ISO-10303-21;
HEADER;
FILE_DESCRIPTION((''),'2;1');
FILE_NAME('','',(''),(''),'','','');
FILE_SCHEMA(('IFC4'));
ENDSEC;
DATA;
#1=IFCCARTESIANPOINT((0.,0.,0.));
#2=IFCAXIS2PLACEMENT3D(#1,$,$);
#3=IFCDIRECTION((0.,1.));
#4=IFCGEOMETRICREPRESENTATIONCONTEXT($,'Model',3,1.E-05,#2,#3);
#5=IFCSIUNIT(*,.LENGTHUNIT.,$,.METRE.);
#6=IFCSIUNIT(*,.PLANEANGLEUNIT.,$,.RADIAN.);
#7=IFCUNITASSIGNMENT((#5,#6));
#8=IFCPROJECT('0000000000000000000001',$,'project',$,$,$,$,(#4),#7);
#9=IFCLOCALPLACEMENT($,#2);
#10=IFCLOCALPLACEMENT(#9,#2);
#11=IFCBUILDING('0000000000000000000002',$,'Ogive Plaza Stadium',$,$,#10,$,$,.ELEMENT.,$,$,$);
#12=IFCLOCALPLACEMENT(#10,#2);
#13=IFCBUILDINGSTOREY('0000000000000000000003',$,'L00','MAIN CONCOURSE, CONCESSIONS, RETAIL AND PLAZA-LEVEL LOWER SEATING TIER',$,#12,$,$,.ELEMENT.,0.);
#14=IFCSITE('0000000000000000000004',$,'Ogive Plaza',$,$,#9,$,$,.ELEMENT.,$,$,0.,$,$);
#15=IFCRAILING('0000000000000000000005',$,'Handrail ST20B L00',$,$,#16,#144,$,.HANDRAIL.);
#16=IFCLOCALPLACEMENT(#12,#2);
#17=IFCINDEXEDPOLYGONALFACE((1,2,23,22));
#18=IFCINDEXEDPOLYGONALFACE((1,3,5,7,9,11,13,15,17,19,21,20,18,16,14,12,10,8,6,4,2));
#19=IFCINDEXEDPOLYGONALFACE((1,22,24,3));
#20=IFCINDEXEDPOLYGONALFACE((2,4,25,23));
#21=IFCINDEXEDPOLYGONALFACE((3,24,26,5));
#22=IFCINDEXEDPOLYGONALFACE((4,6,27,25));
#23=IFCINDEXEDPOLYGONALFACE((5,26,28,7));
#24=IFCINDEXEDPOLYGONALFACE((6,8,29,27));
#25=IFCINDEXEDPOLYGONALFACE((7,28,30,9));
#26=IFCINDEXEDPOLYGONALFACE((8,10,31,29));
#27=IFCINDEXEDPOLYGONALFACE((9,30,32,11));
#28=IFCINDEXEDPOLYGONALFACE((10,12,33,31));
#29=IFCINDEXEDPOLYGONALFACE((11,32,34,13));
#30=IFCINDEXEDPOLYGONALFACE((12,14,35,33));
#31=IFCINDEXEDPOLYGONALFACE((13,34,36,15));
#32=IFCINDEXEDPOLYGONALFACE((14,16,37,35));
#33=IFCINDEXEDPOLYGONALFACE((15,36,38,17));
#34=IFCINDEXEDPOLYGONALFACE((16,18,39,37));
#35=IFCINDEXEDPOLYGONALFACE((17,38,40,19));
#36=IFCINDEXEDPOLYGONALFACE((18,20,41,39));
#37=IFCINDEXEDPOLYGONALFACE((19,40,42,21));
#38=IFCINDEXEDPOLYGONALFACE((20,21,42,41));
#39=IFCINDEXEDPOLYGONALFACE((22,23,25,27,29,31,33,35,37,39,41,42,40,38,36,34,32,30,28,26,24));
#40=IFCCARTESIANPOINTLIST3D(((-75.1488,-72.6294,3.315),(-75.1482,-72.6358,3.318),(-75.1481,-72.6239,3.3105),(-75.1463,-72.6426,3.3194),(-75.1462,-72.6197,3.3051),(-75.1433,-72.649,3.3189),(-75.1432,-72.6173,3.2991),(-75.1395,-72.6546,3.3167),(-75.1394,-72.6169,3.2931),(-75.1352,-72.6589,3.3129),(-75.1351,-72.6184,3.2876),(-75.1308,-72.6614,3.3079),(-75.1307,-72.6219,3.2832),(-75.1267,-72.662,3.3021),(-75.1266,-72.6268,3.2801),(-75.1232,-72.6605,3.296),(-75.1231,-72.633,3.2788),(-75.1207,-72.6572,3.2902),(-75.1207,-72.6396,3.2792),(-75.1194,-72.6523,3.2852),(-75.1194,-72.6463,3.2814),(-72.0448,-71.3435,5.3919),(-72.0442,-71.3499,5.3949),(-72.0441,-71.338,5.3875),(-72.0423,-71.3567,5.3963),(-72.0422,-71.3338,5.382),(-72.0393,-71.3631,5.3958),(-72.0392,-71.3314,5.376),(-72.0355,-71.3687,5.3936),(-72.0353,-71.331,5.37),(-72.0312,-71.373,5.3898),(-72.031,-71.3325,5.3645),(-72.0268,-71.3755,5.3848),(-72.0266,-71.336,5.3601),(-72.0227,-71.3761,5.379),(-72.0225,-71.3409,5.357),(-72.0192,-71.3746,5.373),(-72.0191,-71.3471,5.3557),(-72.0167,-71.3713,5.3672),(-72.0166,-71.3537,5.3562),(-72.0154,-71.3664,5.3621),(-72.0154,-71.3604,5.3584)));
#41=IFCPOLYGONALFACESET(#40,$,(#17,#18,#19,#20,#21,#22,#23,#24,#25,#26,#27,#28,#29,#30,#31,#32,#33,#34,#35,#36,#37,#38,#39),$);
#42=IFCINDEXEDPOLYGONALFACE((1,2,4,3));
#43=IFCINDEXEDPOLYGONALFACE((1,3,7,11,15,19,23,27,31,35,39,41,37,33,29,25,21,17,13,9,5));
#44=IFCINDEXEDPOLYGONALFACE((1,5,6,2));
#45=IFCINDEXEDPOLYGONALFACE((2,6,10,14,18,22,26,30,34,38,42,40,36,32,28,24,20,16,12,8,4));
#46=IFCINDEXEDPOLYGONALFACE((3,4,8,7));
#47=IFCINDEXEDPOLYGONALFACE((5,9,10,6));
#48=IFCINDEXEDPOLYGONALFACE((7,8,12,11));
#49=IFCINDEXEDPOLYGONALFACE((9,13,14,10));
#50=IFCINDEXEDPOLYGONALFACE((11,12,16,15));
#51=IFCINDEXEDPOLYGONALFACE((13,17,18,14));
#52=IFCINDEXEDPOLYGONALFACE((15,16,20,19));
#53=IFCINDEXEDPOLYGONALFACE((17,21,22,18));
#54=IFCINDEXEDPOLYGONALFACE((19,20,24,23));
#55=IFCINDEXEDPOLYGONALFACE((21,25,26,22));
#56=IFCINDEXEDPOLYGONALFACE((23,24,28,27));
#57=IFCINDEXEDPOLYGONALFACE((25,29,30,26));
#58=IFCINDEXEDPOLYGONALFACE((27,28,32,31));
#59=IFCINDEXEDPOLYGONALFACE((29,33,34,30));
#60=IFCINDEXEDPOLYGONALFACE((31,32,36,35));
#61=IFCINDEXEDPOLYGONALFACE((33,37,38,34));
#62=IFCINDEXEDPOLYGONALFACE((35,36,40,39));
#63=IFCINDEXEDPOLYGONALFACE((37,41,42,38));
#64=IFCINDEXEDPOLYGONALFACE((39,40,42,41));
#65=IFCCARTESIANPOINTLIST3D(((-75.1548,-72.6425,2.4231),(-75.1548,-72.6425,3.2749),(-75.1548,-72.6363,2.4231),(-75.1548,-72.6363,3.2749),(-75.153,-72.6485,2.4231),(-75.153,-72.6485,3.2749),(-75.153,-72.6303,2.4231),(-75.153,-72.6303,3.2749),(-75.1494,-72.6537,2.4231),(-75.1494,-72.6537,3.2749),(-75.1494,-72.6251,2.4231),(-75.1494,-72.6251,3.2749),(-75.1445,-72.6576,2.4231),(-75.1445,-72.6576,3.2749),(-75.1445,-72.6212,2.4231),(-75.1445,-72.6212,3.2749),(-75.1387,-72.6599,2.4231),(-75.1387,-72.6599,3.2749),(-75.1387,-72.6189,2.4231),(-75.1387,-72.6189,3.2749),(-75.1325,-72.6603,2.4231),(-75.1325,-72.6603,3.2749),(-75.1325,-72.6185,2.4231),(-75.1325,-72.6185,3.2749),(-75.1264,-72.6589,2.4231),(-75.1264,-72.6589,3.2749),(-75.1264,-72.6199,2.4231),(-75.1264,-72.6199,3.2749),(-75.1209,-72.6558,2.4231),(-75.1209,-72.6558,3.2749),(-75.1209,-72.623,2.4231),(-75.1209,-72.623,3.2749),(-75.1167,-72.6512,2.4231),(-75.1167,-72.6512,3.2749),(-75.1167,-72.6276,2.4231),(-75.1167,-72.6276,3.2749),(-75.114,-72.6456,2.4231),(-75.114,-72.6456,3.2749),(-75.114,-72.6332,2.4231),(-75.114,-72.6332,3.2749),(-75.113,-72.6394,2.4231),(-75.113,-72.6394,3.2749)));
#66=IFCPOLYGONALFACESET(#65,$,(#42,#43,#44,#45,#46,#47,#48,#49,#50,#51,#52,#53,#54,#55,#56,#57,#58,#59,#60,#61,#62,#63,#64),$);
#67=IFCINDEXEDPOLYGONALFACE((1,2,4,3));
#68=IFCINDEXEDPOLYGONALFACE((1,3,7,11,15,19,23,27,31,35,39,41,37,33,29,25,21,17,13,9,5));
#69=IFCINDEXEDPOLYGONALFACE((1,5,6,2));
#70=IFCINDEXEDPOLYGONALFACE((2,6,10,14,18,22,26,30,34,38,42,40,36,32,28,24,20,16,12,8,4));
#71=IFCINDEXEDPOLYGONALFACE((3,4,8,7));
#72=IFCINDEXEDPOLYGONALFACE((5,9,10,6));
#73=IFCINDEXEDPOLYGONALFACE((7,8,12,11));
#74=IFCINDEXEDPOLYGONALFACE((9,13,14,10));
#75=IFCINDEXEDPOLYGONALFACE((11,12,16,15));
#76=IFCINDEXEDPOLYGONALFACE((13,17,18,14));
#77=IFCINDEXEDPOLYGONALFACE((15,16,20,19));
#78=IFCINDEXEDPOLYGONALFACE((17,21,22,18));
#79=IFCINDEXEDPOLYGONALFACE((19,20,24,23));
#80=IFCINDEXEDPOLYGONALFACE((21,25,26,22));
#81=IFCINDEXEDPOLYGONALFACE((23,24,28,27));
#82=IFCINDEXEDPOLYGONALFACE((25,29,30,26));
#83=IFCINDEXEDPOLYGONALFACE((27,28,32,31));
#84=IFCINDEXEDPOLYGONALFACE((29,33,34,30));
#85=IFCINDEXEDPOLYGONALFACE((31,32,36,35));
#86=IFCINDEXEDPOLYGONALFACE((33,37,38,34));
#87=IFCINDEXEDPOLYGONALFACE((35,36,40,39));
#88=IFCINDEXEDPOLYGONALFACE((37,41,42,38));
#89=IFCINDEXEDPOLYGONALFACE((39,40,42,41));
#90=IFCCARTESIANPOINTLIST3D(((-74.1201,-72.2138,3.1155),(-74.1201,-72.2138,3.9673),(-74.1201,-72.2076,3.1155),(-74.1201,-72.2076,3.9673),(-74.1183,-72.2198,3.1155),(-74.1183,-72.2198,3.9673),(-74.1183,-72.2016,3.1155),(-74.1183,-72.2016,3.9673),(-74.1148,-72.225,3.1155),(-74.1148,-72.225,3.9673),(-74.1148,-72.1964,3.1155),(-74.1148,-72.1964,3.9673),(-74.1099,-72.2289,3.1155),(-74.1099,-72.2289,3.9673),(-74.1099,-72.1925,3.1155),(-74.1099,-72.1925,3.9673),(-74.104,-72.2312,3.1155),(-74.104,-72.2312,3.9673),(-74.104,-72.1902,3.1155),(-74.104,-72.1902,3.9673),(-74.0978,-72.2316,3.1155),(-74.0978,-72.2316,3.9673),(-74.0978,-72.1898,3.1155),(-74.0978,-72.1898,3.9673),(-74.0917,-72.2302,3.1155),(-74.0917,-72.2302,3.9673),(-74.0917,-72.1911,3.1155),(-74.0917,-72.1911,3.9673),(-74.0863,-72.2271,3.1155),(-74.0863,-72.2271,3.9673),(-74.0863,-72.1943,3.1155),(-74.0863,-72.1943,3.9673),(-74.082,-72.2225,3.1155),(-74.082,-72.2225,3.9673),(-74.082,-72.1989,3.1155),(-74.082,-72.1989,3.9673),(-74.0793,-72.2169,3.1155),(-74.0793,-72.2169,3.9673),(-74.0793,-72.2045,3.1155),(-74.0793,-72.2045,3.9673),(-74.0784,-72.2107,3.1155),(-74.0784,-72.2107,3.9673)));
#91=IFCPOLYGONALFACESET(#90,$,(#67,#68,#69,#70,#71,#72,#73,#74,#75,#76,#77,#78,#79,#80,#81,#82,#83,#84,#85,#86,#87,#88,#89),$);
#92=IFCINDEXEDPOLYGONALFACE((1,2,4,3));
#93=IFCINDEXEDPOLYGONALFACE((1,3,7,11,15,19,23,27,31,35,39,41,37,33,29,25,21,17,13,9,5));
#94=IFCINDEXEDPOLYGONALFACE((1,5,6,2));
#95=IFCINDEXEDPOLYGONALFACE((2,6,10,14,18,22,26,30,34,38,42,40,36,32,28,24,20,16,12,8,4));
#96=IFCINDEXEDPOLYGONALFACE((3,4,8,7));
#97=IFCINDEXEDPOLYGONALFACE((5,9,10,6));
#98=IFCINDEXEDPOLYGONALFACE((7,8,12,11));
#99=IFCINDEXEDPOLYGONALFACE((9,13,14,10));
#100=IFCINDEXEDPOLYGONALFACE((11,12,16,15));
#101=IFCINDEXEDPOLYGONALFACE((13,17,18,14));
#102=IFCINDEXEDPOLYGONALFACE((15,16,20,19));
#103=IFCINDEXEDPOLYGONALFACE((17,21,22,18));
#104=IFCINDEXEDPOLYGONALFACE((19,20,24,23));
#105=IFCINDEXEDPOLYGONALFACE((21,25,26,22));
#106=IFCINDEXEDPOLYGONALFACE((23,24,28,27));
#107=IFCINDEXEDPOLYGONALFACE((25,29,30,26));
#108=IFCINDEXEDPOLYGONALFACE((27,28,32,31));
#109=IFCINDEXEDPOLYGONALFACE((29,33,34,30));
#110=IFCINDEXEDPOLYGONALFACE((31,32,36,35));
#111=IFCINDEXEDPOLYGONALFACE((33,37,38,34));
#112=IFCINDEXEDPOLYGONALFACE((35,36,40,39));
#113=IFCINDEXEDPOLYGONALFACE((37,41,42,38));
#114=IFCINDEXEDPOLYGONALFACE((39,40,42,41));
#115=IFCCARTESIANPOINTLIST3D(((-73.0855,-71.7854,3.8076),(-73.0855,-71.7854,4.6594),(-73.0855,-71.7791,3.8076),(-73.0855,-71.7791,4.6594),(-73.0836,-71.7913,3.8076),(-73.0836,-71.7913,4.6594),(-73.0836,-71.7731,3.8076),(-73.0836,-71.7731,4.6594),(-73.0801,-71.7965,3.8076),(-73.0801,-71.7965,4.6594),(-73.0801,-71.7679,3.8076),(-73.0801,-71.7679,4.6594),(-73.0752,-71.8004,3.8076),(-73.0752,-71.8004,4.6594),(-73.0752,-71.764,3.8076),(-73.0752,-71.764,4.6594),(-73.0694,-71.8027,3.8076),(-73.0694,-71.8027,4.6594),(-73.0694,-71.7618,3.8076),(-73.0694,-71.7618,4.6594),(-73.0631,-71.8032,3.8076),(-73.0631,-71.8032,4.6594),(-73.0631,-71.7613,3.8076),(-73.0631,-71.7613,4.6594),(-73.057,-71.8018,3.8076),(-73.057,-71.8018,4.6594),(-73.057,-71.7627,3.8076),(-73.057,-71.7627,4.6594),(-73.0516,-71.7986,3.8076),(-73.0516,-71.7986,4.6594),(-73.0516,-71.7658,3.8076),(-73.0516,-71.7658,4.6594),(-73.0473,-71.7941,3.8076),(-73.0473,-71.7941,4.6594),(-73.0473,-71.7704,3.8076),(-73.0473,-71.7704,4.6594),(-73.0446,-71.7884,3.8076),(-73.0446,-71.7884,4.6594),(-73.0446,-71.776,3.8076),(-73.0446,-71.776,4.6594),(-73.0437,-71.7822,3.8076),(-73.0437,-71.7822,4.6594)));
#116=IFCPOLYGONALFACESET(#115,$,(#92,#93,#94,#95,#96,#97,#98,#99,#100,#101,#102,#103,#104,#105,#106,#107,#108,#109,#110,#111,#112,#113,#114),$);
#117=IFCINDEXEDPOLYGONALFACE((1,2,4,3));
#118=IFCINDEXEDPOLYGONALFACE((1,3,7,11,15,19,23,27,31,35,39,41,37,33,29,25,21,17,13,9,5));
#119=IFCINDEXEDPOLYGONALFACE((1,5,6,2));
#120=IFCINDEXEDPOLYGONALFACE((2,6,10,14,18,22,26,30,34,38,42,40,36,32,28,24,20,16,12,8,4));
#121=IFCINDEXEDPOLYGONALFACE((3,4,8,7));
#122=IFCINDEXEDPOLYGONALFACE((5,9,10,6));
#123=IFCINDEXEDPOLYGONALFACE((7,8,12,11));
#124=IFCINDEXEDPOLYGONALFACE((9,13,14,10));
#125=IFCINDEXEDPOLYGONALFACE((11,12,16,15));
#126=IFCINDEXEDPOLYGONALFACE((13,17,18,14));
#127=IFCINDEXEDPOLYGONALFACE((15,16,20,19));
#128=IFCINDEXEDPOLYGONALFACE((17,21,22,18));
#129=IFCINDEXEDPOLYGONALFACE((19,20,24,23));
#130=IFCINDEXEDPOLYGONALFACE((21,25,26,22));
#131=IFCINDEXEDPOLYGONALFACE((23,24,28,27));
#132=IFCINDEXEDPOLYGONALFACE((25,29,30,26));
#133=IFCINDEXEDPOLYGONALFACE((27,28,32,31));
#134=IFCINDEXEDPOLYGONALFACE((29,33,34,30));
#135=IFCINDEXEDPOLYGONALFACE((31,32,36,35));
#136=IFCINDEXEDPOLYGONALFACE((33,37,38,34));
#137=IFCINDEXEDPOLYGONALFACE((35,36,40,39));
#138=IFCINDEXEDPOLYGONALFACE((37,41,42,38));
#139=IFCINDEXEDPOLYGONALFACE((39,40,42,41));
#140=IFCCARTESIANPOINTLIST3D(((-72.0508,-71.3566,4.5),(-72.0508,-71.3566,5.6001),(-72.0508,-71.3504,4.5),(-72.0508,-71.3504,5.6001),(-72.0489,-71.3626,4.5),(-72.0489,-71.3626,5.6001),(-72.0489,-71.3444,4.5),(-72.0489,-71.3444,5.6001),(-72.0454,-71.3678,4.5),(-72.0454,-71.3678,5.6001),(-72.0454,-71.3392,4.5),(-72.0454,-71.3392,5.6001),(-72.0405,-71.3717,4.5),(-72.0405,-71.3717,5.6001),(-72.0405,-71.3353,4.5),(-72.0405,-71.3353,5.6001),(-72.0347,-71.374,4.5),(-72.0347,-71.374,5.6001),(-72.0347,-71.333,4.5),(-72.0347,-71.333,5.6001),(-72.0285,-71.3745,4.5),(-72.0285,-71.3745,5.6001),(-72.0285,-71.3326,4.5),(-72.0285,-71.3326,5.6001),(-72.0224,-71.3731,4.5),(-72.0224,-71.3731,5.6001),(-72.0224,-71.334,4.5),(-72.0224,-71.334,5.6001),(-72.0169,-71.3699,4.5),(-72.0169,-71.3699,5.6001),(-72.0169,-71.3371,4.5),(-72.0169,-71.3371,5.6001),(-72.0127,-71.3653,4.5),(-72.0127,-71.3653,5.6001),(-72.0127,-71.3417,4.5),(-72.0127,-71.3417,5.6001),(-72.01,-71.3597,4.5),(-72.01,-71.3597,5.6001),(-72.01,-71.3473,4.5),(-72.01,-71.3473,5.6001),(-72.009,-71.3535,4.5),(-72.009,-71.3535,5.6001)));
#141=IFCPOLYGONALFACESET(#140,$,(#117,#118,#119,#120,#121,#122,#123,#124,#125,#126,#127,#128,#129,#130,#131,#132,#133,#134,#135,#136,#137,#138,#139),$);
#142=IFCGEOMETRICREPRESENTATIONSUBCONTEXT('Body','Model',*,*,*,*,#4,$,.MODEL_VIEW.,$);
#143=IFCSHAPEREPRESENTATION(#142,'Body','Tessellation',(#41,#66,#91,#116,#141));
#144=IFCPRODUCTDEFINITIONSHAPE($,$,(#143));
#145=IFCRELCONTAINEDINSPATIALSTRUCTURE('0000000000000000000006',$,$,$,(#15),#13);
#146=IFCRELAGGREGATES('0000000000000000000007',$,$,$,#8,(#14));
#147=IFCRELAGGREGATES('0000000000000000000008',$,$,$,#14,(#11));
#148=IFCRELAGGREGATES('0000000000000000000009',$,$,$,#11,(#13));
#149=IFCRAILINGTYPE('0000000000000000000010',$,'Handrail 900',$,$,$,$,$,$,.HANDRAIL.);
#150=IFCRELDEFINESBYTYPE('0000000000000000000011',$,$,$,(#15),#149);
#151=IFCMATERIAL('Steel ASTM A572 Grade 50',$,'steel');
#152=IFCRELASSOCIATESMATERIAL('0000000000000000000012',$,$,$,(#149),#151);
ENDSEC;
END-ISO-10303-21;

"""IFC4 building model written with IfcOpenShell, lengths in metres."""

from ifc_helpers import new_model, si_unit, direction, frame, origin, origin_2d, place, context, subcontext, project, spatial, circle, extrude, material, type_object, element, save


model = new_model("IFC4")

# Units and contexts
model_context = context("Model", 3, precision=1e-05, world=origin(), true_north=direction((0.0, 1.0)))
body_context = subcontext(model_context, "Body", "Model", "MODEL_VIEW")
ifc_project = project(units=[si_unit("LENGTHUNIT", "METRE"), si_unit("PLANEANGLEUNIT", "RADIAN")], contexts=[model_context])

# Site, building, storey
site_placement = place(None, origin())
site = spatial("IfcSite", under=ifc_project, at=site_placement, Name="Ogive Plaza", CompositionType="ELEMENT", RefElevation=0.0)
building_placement = place(site_placement, origin())
building = spatial("IfcBuilding", under=site, at=building_placement, Name="Ogive Plaza Stadium", CompositionType="ELEMENT")
storey_placement = place(building_placement, origin())
storey = spatial("IfcBuildingStorey", under=building, at=storey_placement, Name="L00", Description="MAIN CONCOURSE, CONCESSIONS, RETAIL AND PLAZA-LEVEL LOWER SEATING TIER", CompositionType="ELEMENT", Elevation=0.0)

# Railing
ifc_material_1 = material(Name="Steel ASTM A572 Grade 50", Category="steel")
railing_type_1 = type_object("IfcRailingType", Name="Handrail 900", PredefinedType="HANDRAIL", material=ifc_material_1)
railing_1_placement = place(storey_placement, frame((-75.134, -72.6394, 2.4231)))
element("IfcRailing", 1, at=railing_1_placement, inside=storey, type_object=railing_type_1, Name="Handrail ST20B L00", PredefinedType="HANDRAIL", context=body_context, shape_type="SweptSolid", body=[
    extrude(circle(Radius=0.0239, at=origin_2d()), frame((0.0, 0.0, 0.876), z_axis=(0.785839, 0.325548, 0.525809), x_axis=(-0.382726, 0.923862, 0.0)), (0.0, 0.0, 1.0), 3.95),
    extrude(circle(Radius=0.021, at=origin_2d()), origin(), (0.0, 0.0, 1.0), 0.8518),
    extrude(circle(Radius=0.021, at=origin_2d()), frame((1.0347, 0.4287, 0.6924)), (0.0, 0.0, 1.0), 0.8518),
    extrude(circle(Radius=0.021, at=origin_2d()), frame((2.0693, 0.8572, 1.3845)), (0.0, 0.0, 1.0), 0.8518),
    extrude(circle(Radius=0.021, at=origin_2d()), frame((3.104, 1.2859, 2.0769)), (0.0, 0.0, 1.0), 1.1001),
])

save(model, "model.ifc")
